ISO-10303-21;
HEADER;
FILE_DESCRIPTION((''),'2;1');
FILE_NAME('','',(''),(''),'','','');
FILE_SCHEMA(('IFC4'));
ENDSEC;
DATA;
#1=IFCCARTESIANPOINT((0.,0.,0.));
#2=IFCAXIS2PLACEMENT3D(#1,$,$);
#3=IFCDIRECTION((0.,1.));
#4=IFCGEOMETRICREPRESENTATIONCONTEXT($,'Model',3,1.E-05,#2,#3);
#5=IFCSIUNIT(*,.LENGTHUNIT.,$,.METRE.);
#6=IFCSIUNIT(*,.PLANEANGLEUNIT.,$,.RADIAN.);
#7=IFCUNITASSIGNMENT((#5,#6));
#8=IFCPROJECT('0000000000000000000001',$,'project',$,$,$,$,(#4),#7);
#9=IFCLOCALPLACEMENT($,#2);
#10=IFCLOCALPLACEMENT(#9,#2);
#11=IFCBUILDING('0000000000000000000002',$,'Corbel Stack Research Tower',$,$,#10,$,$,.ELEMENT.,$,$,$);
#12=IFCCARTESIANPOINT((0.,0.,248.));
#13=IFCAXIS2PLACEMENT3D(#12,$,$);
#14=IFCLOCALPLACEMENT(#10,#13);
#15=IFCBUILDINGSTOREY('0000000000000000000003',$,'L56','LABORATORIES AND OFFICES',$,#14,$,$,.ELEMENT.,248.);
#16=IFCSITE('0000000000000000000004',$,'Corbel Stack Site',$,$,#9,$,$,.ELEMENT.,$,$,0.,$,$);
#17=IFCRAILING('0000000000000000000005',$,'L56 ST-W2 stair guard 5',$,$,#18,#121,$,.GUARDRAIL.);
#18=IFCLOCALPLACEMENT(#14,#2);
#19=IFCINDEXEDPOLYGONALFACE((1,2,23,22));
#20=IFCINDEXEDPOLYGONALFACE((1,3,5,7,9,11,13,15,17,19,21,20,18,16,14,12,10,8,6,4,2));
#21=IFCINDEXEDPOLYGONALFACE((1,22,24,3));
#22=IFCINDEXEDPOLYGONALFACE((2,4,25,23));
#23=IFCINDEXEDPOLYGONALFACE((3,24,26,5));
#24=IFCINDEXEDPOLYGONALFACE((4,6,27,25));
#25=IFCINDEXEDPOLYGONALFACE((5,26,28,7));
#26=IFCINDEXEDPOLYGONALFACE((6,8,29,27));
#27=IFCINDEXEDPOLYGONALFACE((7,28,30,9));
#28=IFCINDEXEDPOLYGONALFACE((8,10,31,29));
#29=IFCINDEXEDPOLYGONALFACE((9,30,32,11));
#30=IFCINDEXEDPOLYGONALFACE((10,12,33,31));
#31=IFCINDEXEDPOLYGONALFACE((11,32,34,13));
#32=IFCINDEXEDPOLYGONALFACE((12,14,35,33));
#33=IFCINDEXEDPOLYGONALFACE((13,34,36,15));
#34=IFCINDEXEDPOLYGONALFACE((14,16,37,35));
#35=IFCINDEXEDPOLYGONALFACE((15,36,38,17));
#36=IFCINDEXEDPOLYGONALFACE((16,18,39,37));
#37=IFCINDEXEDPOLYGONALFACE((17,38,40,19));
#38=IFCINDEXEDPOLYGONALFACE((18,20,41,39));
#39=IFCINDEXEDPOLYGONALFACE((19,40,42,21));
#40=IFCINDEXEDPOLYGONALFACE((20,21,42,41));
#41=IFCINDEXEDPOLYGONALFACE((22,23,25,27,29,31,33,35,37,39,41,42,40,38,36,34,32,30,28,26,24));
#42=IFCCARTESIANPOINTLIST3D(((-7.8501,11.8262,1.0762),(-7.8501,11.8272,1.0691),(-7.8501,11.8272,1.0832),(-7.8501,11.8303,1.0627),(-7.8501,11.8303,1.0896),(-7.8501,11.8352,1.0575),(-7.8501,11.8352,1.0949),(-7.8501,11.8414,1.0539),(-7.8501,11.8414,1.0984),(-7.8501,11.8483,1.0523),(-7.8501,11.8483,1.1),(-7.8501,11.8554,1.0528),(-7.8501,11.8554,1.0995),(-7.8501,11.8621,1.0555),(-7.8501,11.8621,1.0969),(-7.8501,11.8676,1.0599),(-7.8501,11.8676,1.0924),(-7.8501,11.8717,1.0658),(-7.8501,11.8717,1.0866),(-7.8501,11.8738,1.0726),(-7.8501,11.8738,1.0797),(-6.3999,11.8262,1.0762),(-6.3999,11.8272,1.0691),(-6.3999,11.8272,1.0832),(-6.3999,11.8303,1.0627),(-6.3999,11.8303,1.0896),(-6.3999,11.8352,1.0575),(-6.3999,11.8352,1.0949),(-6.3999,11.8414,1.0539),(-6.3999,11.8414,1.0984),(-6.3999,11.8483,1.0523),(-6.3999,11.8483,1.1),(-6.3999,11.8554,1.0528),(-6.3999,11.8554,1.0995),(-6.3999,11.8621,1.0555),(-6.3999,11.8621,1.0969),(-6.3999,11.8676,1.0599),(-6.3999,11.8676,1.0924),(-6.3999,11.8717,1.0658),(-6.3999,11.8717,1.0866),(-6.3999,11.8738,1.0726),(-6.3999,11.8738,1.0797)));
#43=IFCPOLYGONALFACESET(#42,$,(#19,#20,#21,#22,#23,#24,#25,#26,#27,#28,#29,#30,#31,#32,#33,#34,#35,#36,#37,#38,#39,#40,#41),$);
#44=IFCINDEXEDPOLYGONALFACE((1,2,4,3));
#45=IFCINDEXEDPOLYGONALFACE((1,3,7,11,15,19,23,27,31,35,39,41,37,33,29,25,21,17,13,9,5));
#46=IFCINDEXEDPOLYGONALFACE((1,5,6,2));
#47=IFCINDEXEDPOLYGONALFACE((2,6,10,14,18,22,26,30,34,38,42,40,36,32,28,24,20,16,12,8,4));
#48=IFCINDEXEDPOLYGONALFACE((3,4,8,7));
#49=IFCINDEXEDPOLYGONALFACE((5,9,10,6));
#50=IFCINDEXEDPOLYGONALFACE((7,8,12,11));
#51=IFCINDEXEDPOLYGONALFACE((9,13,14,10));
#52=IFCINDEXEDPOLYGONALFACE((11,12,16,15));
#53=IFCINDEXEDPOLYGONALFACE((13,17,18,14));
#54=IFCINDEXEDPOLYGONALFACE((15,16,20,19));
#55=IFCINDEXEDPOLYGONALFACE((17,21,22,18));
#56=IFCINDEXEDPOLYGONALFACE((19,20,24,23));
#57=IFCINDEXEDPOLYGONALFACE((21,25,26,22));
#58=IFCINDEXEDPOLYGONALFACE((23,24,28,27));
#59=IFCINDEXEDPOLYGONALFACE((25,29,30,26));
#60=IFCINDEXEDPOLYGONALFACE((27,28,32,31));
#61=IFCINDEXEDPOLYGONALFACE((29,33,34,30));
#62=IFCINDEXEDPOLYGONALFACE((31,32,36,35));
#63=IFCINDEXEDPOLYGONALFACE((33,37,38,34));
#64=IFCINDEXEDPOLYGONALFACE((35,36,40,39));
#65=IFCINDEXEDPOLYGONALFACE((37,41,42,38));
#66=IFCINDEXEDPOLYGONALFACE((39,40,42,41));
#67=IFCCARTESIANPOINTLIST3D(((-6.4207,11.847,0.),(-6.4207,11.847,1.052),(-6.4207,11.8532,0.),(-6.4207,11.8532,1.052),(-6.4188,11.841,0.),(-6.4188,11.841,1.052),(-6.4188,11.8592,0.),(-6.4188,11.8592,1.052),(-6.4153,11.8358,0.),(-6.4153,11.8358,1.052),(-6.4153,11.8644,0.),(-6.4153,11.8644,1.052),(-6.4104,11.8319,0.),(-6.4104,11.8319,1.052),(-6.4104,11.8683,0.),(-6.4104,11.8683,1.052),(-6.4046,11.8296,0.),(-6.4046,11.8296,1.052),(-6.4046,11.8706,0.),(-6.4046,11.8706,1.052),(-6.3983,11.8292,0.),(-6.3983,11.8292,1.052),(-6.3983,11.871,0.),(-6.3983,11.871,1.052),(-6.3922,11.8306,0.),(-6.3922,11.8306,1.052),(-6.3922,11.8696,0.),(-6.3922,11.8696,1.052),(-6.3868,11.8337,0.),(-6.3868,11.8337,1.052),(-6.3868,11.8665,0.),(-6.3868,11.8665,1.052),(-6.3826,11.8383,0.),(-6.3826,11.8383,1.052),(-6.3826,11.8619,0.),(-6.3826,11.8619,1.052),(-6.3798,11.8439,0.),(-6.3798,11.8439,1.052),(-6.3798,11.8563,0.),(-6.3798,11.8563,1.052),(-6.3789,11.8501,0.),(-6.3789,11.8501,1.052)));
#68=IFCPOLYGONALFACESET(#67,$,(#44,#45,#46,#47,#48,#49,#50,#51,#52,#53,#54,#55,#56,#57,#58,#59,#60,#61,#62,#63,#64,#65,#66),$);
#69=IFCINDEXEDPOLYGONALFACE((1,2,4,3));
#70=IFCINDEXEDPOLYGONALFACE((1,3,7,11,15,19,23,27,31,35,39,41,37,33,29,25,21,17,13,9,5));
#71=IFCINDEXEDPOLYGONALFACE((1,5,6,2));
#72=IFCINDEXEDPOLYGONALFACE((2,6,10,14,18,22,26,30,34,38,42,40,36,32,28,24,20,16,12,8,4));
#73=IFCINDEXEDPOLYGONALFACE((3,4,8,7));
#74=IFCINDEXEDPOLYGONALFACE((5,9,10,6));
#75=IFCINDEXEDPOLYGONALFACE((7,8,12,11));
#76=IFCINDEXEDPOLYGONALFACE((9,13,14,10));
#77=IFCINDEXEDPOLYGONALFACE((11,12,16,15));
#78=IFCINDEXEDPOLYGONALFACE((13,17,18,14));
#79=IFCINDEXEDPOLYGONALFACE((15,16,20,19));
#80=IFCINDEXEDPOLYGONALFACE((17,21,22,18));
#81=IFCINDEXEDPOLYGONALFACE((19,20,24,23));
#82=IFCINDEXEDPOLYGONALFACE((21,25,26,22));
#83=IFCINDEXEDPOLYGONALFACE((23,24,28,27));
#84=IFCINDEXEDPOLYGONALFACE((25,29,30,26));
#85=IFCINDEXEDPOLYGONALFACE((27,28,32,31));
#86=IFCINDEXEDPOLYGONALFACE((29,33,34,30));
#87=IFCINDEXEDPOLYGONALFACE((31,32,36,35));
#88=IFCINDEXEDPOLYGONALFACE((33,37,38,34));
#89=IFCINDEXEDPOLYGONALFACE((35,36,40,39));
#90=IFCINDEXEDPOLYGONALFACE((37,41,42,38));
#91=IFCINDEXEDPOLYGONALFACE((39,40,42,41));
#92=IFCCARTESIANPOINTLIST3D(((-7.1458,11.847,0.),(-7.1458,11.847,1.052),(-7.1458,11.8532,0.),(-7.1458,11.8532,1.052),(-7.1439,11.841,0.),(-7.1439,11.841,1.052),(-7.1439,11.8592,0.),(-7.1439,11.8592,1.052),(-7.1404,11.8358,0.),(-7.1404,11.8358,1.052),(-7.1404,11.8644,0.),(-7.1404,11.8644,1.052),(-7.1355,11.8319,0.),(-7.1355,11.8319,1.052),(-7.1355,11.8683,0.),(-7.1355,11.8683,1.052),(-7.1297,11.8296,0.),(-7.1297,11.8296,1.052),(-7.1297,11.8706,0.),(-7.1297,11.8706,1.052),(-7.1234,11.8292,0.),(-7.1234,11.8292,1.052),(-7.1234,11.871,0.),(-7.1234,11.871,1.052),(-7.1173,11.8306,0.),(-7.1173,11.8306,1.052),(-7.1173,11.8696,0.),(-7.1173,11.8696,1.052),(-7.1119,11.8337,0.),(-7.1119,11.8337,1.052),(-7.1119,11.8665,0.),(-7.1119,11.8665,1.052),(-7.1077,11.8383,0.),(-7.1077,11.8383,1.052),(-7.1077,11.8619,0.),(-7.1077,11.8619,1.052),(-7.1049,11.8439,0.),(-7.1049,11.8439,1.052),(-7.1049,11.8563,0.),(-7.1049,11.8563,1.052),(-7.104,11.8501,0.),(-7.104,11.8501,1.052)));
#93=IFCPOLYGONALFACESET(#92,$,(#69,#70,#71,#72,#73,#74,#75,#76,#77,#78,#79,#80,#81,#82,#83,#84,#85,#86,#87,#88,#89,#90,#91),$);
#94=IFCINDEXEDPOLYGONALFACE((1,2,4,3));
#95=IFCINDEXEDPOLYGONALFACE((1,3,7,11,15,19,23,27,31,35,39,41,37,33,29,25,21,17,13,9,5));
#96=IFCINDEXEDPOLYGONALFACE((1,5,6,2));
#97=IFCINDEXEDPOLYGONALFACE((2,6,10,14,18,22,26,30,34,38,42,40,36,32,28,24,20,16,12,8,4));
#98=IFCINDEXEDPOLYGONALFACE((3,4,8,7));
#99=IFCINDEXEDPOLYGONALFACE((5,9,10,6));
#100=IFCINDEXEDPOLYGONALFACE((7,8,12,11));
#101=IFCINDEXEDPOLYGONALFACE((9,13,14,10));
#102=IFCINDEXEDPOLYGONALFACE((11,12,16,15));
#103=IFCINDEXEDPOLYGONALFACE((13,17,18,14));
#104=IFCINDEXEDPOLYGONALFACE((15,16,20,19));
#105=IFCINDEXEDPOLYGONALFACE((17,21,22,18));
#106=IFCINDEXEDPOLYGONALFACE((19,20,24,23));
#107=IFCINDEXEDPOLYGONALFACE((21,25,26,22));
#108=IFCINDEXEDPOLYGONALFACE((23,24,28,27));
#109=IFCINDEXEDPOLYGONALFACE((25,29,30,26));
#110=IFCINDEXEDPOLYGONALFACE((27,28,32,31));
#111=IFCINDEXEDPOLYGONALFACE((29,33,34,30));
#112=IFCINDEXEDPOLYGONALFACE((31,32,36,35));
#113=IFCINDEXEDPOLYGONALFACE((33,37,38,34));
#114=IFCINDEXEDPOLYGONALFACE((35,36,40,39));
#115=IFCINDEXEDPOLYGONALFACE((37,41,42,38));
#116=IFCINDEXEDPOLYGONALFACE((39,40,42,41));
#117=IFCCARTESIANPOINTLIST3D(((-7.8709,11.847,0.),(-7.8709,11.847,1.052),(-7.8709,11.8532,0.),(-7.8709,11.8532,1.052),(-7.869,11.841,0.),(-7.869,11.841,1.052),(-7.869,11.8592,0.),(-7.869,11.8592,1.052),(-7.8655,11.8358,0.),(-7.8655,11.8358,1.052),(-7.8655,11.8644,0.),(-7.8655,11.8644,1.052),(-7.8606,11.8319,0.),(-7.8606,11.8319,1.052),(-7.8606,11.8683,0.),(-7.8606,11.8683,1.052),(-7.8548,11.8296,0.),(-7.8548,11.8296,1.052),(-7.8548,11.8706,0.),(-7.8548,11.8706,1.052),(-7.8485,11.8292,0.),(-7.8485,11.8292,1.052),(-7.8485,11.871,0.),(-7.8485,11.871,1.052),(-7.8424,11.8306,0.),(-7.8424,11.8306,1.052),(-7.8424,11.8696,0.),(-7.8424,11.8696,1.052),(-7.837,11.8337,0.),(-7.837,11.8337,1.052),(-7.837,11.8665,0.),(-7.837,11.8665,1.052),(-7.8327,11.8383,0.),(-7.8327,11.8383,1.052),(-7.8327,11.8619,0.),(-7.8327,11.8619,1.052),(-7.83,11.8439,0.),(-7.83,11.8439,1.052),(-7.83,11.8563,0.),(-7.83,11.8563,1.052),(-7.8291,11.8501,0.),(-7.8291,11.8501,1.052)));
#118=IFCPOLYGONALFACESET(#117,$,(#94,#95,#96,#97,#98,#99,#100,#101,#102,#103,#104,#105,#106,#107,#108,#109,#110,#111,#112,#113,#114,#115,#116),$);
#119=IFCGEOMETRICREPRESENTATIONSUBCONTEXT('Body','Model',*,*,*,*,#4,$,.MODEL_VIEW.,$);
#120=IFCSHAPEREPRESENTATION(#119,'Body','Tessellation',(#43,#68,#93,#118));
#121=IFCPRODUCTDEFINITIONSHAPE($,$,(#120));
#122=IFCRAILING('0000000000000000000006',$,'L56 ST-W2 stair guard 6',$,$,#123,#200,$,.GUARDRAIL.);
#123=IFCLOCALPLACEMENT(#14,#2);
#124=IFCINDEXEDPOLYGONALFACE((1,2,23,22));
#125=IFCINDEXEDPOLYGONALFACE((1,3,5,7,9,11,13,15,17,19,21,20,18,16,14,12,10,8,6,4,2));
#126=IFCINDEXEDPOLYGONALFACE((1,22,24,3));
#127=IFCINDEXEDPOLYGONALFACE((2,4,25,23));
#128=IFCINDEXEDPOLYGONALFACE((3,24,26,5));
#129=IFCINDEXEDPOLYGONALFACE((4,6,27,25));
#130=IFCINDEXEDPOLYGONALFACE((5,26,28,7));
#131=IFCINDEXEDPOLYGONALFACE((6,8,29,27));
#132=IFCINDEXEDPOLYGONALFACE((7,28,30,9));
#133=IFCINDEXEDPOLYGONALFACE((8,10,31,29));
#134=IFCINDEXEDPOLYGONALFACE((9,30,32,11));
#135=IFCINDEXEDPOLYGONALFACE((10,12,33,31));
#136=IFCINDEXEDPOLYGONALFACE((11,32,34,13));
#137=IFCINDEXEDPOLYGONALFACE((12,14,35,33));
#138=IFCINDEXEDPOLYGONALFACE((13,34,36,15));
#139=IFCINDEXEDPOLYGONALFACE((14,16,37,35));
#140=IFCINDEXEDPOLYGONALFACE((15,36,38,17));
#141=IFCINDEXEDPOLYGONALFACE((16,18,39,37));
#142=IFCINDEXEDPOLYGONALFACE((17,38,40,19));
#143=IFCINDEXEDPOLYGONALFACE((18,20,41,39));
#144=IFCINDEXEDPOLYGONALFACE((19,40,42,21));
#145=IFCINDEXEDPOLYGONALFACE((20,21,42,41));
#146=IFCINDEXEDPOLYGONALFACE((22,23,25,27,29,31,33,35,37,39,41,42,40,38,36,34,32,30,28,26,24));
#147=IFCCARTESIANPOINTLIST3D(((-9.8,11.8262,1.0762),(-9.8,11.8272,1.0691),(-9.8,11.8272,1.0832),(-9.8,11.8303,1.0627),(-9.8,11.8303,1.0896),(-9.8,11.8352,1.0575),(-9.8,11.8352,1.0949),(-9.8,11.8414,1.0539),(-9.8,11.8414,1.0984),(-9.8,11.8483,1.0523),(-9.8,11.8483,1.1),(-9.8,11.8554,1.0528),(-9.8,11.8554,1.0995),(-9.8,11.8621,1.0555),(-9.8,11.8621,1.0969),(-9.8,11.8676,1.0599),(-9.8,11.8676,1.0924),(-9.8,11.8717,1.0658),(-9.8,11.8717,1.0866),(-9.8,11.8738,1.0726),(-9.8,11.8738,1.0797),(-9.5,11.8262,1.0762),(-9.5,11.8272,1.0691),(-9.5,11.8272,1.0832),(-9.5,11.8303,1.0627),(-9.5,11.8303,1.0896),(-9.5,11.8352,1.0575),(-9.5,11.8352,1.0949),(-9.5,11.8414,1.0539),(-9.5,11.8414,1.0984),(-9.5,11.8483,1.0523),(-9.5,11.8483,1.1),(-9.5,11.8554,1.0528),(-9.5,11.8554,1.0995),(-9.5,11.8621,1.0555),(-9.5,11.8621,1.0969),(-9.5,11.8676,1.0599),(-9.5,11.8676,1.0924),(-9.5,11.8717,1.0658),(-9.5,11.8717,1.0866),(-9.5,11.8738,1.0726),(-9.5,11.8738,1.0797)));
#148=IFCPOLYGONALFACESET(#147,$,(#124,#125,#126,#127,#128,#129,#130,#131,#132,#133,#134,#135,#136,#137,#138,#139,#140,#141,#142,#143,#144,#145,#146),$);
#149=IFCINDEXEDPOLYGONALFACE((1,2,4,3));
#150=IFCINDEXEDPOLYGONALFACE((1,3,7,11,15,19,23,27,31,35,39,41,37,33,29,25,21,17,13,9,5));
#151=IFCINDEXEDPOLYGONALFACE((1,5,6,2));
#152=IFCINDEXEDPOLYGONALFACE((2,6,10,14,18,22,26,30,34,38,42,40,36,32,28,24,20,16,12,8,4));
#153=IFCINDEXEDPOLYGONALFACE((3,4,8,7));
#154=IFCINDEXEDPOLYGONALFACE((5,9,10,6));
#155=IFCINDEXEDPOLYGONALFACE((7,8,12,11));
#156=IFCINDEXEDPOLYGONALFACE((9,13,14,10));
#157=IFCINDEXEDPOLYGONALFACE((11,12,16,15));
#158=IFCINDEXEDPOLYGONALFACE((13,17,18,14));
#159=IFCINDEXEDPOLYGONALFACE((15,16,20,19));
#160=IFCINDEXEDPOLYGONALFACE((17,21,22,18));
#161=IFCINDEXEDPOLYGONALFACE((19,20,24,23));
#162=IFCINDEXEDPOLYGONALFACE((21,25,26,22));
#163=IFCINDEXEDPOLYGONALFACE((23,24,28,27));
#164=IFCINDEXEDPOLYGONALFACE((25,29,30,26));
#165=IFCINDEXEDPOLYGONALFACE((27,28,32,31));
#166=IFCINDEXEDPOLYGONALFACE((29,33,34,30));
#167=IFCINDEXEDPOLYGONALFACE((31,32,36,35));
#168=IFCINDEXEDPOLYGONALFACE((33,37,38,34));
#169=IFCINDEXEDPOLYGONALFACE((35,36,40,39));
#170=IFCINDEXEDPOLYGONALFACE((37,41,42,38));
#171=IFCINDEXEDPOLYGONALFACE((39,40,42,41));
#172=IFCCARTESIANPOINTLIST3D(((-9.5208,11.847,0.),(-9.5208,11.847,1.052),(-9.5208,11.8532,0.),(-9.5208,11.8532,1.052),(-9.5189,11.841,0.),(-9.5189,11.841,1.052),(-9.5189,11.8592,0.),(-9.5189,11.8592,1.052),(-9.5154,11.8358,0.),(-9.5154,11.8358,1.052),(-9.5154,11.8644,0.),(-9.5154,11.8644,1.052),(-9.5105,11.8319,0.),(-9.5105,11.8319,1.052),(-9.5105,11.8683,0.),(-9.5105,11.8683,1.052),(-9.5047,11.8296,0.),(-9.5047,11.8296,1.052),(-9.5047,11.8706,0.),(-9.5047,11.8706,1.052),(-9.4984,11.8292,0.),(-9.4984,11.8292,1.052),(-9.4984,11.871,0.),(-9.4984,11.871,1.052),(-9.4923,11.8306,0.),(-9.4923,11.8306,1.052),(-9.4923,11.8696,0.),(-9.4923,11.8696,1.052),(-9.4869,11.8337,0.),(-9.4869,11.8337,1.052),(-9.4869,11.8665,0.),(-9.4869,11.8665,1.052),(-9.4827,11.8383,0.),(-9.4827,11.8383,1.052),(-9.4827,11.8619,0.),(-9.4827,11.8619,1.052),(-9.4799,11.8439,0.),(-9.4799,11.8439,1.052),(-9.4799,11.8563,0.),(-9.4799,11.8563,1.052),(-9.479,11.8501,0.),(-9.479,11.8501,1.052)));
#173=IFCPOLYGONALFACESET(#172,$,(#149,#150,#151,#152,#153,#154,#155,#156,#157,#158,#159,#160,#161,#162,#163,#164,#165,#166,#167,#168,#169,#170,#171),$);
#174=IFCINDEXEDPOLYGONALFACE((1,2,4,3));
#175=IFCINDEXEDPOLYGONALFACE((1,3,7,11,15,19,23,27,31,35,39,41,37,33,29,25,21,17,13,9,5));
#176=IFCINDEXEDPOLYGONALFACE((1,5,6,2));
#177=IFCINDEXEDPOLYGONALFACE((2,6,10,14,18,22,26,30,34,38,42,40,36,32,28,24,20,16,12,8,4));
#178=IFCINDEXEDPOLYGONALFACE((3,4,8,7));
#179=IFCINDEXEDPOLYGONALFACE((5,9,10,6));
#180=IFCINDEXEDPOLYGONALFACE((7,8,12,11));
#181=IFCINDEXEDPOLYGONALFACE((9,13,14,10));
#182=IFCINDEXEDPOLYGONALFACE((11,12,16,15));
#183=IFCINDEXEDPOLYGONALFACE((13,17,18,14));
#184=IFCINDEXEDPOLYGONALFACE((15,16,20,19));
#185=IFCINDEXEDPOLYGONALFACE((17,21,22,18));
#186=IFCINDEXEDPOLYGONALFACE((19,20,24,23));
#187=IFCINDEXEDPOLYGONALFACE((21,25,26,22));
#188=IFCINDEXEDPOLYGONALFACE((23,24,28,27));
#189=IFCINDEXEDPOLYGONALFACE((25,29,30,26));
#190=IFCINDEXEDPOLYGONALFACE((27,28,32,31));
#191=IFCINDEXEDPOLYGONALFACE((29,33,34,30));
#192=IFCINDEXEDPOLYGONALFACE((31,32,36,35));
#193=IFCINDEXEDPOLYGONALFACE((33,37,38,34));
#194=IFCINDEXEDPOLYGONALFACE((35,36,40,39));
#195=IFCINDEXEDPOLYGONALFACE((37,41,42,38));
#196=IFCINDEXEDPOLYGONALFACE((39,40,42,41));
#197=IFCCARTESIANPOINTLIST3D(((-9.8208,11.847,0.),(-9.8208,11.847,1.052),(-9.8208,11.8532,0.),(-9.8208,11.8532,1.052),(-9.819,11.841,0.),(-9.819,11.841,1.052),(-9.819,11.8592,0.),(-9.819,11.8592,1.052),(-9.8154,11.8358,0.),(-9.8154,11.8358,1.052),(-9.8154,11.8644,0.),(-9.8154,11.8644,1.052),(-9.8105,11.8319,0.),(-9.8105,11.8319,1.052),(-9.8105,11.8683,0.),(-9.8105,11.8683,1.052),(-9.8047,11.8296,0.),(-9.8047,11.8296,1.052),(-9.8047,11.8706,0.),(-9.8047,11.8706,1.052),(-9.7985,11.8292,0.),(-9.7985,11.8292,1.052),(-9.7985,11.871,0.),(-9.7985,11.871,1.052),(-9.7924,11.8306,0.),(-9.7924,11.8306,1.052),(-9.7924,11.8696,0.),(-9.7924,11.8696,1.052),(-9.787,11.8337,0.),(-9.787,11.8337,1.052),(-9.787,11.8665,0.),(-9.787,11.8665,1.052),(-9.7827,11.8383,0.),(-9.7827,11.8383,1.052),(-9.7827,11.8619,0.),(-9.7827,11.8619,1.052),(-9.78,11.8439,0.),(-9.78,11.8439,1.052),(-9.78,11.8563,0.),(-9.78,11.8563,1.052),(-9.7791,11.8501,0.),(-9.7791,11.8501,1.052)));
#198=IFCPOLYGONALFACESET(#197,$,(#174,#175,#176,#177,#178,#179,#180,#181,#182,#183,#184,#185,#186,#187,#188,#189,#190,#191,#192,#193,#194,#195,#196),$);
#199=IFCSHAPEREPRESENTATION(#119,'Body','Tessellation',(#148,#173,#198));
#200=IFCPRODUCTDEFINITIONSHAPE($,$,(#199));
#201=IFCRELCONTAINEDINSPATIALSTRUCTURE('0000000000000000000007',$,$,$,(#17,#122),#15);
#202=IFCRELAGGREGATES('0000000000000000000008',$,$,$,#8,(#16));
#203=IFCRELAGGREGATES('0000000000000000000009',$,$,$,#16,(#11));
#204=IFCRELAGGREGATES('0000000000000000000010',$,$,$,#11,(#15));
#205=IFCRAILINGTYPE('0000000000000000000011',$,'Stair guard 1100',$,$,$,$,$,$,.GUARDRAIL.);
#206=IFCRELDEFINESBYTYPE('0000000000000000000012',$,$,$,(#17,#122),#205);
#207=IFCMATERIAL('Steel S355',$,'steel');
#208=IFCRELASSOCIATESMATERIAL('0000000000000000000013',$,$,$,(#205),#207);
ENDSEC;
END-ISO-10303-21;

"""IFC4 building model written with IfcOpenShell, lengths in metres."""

from ifc_helpers import new_model, si_unit, direction, frame, origin, origin_2d, place, context, subcontext, project, spatial, circle, extrude, material, type_object, element, save


model = new_model("IFC4")

# Units and contexts
model_context = context("Model", 3, precision=1e-05, world=origin(), true_north=direction((0.0, 1.0)))
body_context = subcontext(model_context, "Body", "Model", "MODEL_VIEW")
ifc_project = project(units=[si_unit("LENGTHUNIT", "METRE"), si_unit("PLANEANGLEUNIT", "RADIAN")], contexts=[model_context])

# Site, building, storey
site_placement = place(None, origin())
site = spatial("IfcSite", under=ifc_project, at=site_placement, Name="Corbel Stack Site", CompositionType="ELEMENT", RefElevation=0.0)
building_placement = place(site_placement, origin())
building = spatial("IfcBuilding", under=site, at=building_placement, Name="Corbel Stack Research Tower", CompositionType="ELEMENT")
storey_placement = place(building_placement, frame((0.0, 0.0, 248.0)))
storey = spatial("IfcBuildingStorey", under=building, at=storey_placement, Name="L56", Description="LABORATORIES AND OFFICES", CompositionType="ELEMENT", Elevation=248.0)

# Railings
ifc_material_1 = material(Name="Steel S355", Category="steel")
railing_type_1 = type_object("IfcRailingType", Name="Stair guard 1100", PredefinedType="GUARDRAIL", material=ifc_material_1)
railing_1_placement = place(storey_placement, frame((-6.3999, 11.8501, 0.0)))
element("IfcRailing", 1, at=railing_1_placement, inside=storey, type_object=railing_type_1, Name="L56 ST-W2 stair guard 5", PredefinedType="GUARDRAIL", context=body_context, shape_type="SweptSolid", body=[
    extrude(circle(Radius=0.0239, at=origin_2d()), frame((0.0, 0.0, 1.0762), z_axis=(-1.0, 0.0, 0.0), x_axis=(0.0, -1.0, 0.0)), (0.0, 0.0, 1.0), 1.4502),
    extrude(circle(Radius=0.021, at=origin_2d()), origin(), (0.0, 0.0, 1.0), 1.052),
    extrude(circle(Radius=0.021, at=origin_2d()), frame((-0.7251, 0.0, 0.0)), (0.0, 0.0, 1.0), 1.052),
    extrude(circle(Radius=0.021, at=origin_2d()), frame((-1.4502, 0.0, 0.0)), (0.0, 0.0, 1.0), 1.052),
])
railing_2_placement = place(storey_placement, frame((-9.5, 11.8501, 0.0)))
element("IfcRailing", 2, at=railing_2_placement, inside=storey, type_object=railing_type_1, Name="L56 ST-W2 stair guard 6", PredefinedType="GUARDRAIL", context=body_context, shape_type="SweptSolid", body=[
    extrude(circle(Radius=0.0239, at=origin_2d()), frame((0.0, 0.0, 1.0762), z_axis=(-1.0, 0.0, 0.0), x_axis=(0.0, -1.0, 0.0)), (0.0, 0.0, 1.0), 0.3),
    extrude(circle(Radius=0.021, at=origin_2d()), origin(), (0.0, 0.0, 1.0), 1.052),
    extrude(circle(Radius=0.021, at=origin_2d()), frame((-0.3, 0.0, 0.0)), (0.0, 0.0, 1.0), 1.052),
])

save(model, "model.ifc")
